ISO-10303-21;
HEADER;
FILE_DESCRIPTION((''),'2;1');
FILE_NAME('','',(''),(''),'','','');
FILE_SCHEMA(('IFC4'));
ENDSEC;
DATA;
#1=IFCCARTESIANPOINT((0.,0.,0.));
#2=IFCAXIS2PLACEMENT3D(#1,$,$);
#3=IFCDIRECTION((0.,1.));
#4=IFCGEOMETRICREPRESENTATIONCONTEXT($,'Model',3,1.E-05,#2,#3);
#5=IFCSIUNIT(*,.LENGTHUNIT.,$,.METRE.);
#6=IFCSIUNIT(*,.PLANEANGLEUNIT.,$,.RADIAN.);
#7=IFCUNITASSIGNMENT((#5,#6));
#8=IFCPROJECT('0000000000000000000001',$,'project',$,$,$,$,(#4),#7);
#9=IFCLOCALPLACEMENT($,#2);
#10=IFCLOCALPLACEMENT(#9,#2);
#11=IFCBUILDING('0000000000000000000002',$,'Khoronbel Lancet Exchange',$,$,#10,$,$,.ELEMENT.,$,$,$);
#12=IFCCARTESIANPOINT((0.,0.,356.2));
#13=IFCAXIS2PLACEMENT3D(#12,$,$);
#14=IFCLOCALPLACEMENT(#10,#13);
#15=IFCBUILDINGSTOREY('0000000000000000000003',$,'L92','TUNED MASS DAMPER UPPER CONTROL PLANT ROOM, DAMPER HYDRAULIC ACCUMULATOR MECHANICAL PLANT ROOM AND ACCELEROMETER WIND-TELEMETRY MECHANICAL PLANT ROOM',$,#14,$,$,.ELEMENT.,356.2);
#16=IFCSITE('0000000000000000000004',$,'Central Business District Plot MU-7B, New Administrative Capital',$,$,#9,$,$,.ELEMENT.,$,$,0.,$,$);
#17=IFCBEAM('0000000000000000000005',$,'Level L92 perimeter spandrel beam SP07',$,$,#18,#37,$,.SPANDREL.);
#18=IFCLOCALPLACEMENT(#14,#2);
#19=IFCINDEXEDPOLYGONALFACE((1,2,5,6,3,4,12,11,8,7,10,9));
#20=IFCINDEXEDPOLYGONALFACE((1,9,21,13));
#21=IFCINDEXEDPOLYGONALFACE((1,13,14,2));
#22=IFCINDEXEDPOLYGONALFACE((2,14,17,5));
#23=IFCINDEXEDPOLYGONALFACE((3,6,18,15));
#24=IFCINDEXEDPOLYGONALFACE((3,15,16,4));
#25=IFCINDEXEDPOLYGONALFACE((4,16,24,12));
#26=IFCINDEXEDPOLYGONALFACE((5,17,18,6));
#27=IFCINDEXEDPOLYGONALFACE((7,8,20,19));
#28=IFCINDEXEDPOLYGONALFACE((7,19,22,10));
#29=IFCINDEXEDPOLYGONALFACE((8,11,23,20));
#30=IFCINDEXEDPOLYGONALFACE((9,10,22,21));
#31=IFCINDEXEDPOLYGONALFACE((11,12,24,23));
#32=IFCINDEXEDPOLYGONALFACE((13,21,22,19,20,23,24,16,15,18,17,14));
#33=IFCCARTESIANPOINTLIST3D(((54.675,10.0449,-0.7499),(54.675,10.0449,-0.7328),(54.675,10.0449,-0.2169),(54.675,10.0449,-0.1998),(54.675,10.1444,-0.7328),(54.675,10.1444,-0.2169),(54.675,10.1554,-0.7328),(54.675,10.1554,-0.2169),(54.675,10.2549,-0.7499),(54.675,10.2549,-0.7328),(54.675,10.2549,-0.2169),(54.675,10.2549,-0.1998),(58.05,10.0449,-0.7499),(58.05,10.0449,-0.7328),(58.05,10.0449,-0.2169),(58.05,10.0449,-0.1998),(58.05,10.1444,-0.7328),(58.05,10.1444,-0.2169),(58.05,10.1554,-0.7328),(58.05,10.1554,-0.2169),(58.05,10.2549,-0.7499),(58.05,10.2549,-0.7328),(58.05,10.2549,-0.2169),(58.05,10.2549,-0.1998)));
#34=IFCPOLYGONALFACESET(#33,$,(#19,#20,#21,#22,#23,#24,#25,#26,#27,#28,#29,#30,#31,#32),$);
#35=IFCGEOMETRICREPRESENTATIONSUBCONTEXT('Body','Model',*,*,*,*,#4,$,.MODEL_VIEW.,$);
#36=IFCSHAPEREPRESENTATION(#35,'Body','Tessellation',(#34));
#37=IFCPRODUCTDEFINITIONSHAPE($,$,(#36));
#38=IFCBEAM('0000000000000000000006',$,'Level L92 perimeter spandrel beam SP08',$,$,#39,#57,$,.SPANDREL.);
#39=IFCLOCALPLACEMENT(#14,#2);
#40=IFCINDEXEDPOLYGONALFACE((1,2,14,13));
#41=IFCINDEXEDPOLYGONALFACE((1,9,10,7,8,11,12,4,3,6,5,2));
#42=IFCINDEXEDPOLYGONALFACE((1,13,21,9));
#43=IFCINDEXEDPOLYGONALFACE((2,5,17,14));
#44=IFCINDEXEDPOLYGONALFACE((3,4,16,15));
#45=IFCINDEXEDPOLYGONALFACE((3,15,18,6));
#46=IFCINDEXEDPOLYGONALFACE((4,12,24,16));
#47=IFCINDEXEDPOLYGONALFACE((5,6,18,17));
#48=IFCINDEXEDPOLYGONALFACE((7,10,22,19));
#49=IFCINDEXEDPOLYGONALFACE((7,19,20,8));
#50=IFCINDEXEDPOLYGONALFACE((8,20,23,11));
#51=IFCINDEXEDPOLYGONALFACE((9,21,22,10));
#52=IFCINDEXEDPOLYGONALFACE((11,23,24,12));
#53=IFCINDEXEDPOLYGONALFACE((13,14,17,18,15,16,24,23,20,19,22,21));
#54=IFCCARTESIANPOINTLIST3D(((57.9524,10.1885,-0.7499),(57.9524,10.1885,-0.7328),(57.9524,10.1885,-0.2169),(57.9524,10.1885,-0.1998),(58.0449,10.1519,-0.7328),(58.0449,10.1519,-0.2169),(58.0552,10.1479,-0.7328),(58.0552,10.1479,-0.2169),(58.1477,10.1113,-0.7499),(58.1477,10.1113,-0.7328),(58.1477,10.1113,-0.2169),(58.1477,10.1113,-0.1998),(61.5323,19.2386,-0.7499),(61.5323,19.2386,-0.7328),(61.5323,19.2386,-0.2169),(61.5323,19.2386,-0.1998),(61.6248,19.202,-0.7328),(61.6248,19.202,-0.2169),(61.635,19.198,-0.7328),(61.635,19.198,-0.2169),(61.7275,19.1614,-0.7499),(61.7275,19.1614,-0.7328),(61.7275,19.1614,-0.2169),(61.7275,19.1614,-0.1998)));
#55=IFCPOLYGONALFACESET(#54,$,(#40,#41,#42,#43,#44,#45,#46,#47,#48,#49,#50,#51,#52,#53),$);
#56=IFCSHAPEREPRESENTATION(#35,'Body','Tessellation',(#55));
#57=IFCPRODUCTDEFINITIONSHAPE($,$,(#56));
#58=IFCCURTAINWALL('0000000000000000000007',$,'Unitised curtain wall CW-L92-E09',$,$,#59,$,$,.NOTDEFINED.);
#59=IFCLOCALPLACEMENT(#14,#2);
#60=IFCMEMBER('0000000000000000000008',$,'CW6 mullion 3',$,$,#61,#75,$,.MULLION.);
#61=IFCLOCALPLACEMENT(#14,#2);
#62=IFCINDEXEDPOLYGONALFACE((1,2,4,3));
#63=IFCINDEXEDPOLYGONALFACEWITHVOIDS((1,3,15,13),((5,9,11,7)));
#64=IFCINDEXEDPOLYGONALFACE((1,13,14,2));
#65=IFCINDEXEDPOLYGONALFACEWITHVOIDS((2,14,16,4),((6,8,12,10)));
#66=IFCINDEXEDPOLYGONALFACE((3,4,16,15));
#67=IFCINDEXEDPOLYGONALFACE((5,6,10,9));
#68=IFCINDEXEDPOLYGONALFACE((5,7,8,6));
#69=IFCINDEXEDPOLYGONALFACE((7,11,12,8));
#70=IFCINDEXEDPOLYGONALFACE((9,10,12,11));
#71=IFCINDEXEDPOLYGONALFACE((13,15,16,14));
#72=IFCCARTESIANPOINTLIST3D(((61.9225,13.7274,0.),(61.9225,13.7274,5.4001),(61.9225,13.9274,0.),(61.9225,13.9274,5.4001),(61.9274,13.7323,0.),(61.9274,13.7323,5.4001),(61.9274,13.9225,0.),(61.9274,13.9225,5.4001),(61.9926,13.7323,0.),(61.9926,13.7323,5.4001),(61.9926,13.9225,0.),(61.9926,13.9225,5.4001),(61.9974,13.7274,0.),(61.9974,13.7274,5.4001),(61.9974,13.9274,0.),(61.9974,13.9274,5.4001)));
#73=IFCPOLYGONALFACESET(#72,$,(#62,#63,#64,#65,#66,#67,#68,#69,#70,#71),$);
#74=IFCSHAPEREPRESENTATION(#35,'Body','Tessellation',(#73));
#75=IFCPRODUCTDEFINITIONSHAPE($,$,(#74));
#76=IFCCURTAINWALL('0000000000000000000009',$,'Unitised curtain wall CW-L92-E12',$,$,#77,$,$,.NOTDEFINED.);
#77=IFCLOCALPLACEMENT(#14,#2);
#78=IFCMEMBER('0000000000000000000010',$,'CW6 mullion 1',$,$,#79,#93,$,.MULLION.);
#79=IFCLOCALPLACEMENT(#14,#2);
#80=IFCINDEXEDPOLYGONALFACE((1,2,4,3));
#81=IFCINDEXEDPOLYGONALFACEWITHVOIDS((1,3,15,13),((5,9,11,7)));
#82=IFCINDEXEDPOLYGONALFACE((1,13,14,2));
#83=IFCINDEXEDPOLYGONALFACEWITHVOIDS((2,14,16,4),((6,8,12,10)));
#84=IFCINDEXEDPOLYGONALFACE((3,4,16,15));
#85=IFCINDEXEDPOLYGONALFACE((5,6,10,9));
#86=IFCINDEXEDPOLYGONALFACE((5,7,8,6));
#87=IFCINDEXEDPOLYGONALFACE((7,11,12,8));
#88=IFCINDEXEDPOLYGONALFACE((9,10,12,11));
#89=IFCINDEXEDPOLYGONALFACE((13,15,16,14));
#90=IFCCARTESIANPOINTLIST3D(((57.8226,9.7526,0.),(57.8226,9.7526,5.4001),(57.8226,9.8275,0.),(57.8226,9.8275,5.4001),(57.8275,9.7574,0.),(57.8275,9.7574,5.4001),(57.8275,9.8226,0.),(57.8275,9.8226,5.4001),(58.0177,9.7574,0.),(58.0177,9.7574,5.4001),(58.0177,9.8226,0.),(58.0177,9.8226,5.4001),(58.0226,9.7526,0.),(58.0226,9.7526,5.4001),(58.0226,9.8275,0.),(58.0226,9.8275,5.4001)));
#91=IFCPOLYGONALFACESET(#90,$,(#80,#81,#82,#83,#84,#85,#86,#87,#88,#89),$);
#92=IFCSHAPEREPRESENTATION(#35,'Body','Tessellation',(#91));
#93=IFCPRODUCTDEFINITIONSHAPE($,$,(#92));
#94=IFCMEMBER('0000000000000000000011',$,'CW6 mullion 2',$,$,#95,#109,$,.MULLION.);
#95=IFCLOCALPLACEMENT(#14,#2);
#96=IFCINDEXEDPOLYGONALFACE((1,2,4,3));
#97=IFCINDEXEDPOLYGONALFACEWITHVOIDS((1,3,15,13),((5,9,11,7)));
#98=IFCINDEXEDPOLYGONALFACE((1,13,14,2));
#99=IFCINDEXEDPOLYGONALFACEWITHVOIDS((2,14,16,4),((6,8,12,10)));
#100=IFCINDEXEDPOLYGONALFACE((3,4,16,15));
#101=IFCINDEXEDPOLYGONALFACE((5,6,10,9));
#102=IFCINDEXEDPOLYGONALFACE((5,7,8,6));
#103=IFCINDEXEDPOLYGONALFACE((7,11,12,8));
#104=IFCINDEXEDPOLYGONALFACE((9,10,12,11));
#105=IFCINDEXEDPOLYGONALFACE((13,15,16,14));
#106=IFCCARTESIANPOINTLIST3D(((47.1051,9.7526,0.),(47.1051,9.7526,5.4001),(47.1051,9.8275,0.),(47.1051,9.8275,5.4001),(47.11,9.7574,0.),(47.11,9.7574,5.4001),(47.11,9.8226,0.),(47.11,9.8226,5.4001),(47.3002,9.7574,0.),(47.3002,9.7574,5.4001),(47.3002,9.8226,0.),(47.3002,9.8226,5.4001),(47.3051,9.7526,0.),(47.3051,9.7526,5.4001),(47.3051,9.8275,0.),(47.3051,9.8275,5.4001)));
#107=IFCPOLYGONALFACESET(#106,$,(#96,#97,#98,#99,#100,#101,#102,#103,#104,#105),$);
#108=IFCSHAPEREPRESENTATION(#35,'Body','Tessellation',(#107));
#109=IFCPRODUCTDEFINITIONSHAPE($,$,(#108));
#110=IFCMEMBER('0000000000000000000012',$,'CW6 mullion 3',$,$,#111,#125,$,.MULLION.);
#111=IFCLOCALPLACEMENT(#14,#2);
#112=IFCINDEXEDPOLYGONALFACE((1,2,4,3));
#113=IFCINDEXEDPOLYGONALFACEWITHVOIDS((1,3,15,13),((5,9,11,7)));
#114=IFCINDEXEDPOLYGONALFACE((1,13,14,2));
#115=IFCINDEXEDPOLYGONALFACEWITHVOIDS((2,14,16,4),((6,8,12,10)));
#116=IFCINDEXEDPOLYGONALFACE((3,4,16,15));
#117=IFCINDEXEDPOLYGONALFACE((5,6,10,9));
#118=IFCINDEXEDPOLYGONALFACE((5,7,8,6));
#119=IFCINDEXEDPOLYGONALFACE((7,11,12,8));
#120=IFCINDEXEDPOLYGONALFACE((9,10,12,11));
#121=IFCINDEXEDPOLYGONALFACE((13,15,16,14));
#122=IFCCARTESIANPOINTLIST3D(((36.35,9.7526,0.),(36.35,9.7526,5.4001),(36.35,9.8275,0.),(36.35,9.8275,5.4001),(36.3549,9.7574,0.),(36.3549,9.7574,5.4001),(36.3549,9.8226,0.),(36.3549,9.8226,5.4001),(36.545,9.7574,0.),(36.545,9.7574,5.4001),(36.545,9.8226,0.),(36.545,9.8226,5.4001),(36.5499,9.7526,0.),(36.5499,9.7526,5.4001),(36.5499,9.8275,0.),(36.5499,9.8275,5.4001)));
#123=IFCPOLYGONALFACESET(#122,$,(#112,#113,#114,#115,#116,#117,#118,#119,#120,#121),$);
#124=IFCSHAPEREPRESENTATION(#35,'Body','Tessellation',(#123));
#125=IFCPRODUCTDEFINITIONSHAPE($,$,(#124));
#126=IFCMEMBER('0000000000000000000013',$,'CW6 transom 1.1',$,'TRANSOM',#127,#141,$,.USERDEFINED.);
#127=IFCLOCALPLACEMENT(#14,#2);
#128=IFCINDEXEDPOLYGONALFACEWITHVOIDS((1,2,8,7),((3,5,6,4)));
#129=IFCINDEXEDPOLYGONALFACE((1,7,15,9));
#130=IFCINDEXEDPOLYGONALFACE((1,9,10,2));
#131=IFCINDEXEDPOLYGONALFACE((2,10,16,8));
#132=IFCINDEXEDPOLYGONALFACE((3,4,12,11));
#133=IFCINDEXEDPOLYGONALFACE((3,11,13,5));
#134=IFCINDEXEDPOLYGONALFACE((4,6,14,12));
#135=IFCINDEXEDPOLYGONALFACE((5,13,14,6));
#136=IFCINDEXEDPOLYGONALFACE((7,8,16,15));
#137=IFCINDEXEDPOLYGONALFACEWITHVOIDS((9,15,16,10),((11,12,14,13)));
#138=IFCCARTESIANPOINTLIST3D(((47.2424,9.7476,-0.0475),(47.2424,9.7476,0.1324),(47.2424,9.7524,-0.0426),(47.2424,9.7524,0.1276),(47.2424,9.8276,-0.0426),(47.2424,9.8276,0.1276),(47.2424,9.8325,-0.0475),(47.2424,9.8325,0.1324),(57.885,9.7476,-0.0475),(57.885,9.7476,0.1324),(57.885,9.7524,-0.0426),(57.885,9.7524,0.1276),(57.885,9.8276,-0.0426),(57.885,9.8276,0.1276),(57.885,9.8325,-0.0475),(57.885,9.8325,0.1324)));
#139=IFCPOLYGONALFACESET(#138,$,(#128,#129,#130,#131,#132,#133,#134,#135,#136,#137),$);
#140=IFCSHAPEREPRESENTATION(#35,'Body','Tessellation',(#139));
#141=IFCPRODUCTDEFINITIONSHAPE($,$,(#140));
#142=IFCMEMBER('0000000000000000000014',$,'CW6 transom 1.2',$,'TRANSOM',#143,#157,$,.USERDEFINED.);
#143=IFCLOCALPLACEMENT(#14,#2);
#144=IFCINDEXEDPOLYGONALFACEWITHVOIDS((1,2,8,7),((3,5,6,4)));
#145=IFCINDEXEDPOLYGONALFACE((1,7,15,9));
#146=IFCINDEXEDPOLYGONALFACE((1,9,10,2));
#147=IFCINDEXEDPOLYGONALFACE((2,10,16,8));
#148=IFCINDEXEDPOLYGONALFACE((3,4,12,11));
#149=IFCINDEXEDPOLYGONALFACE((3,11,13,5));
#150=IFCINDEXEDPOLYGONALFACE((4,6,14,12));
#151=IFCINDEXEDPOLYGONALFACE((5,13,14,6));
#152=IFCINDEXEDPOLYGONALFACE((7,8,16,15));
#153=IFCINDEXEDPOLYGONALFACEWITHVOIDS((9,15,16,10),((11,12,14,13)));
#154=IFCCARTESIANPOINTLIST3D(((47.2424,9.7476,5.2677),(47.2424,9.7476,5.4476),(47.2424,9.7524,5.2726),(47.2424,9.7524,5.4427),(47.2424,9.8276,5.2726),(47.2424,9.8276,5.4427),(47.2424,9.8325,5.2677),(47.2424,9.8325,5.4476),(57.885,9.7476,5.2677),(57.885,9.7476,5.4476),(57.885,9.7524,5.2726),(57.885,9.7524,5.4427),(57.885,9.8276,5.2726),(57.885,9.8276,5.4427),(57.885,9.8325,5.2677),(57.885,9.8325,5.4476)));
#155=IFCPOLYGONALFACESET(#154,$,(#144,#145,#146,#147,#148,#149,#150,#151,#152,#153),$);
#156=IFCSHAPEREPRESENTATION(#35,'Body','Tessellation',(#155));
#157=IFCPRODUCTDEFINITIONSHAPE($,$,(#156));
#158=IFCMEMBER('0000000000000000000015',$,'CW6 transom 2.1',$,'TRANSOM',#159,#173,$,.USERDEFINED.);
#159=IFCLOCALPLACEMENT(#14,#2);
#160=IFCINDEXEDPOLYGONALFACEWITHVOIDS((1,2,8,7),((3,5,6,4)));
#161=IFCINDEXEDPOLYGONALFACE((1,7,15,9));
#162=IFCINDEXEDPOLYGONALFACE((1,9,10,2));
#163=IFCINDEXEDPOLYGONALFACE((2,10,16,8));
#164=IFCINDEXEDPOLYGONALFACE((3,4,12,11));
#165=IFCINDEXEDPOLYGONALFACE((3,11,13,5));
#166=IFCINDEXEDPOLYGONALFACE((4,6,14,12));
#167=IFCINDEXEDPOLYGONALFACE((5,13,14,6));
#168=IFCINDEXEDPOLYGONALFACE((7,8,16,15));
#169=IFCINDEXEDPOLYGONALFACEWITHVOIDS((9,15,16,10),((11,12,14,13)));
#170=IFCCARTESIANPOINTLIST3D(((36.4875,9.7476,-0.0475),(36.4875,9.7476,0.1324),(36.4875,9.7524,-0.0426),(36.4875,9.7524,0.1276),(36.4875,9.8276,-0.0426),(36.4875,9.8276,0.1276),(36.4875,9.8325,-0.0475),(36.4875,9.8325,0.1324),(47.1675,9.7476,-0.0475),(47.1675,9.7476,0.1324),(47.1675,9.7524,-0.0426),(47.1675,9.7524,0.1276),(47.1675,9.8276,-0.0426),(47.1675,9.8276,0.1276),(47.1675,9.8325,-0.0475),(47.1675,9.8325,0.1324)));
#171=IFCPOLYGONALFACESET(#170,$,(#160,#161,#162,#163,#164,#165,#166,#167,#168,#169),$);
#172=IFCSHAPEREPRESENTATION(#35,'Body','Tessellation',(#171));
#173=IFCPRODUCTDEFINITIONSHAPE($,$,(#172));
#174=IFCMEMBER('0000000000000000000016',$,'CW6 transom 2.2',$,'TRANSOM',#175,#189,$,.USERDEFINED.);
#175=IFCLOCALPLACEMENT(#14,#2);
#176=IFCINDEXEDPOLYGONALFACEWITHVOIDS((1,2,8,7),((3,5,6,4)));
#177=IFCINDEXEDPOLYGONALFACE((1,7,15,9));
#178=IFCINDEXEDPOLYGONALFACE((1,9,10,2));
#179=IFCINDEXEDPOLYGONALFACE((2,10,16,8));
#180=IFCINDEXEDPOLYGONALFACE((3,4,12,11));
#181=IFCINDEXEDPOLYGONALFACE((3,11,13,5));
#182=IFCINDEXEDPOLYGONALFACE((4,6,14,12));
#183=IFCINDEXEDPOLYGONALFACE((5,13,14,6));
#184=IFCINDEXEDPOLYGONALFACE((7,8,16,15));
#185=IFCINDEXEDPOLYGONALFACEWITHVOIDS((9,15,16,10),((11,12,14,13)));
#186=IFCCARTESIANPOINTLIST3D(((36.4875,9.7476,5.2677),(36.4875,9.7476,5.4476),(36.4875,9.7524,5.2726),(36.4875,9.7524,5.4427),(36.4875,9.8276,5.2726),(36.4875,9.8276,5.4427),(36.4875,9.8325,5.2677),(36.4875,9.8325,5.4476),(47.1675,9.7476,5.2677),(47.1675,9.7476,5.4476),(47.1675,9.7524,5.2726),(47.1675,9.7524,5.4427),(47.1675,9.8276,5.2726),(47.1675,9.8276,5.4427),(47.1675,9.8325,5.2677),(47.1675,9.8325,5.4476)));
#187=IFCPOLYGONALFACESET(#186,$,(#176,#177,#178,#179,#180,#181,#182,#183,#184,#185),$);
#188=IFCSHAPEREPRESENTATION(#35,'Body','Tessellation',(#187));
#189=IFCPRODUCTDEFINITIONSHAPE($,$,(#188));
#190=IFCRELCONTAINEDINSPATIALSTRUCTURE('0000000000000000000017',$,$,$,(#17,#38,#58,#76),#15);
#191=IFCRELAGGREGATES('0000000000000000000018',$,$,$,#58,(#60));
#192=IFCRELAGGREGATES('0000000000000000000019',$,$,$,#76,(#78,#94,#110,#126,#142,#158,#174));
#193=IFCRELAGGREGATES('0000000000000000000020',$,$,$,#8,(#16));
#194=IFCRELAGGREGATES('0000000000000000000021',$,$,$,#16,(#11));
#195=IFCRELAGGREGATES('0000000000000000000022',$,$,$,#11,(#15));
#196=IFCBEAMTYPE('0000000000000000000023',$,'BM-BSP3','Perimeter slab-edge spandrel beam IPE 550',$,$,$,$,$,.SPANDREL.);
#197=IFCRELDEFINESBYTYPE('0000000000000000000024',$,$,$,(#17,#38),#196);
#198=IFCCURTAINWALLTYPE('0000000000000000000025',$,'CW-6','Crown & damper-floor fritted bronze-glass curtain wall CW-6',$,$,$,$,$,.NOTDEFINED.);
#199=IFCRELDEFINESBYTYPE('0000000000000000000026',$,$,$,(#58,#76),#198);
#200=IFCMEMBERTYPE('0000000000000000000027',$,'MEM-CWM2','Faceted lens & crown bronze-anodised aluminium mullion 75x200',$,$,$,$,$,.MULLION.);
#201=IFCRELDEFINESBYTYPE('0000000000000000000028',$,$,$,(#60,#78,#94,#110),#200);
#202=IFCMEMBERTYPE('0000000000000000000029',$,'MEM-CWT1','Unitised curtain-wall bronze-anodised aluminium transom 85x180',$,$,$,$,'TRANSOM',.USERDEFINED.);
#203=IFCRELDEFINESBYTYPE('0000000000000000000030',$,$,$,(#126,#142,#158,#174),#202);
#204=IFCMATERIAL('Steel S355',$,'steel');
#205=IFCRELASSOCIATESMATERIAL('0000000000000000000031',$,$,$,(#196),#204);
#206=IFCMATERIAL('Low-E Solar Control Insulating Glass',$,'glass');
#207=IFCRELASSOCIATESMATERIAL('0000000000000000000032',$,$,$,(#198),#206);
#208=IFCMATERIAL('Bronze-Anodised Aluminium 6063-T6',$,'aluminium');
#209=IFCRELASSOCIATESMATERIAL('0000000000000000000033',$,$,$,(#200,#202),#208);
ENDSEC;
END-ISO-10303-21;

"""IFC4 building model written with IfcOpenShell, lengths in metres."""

from ifc_helpers import new_model, si_unit, direction, frame, origin, origin_2d, place, context, subcontext, project, spatial, hollow_rectangle, i_section, extrude, material, material_profile, profile_set, type_object, element, aggregate, save


model = new_model("IFC4")

# Units and contexts
model_context = context("Model", 3, precision=1e-05, world=origin(), true_north=direction((0.0, 1.0)))
body_context = subcontext(model_context, "Body", "Model", "MODEL_VIEW")
ifc_project = project(units=[si_unit("LENGTHUNIT", "METRE"), si_unit("PLANEANGLEUNIT", "RADIAN")], contexts=[model_context])

# Site, building, storey
site_placement = place(None, origin())
site = spatial("IfcSite", under=ifc_project, at=site_placement, Name="Central Business District Plot MU-7B, New Administrative Capital", CompositionType="ELEMENT", RefElevation=0.0)
building_placement = place(site_placement, origin())
building = spatial("IfcBuilding", under=site, at=building_placement, Name="Khoronbel Lancet Exchange", CompositionType="ELEMENT")
storey_placement = place(building_placement, frame((0.0, 0.0, 356.2)))
storey = spatial("IfcBuildingStorey", under=building, at=storey_placement, Name="L92", Description="TUNED MASS DAMPER UPPER CONTROL PLANT ROOM, DAMPER HYDRAULIC ACCUMULATOR MECHANICAL PLANT ROOM AND ACCELEROMETER WIND-TELEMETRY MECHANICAL PLANT ROOM", CompositionType="ELEMENT", Elevation=356.2)

# Beams
ifc_material_1 = material(Name="Steel S355", Category="steel")
ifc_material_profile_1 = material_profile(ifc_material_1, i_section(OverallWidth=0.21, OverallDepth=0.55, WebThickness=0.011, FlangeThickness=0.0171, at=origin_2d()), Name="IPE 550")
ifc_profile_set_1 = profile_set([ifc_material_profile_1], Name="Steel S355")
beam_type_1 = type_object("IfcBeamType", Name="BM-BSP3", Description="Perimeter slab-edge spandrel beam IPE 550", PredefinedType="SPANDREL", material=ifc_profile_set_1)
beam_1_placement = place(storey_placement, frame((54.675, 10.1499, -0.4749), z_axis=(1.0, 0.0, 0.0), x_axis=(0.0, 1.0, 0.0)))
element("IfcBeam", 1, at=beam_1_placement, inside=storey, type_object=beam_type_1, Name="Level L92 perimeter spandrel beam SP07", PredefinedType="SPANDREL", context=body_context, shape_type="SweptSolid", body=[
    extrude(i_section(OverallWidth=0.21, OverallDepth=0.55, WebThickness=0.011, FlangeThickness=0.0171, at=origin_2d()), origin(), (0.0, 0.0, 1.0), 3.375),
])
beam_2_placement = place(storey_placement, frame((58.05, 10.1499, -0.4749), z_axis=(0.367828, 0.929894, 0.0), x_axis=(-0.929894, 0.367828, 0.0)))
element("IfcBeam", 2, at=beam_2_placement, inside=storey, type_object=beam_type_1, Name="Level L92 perimeter spandrel beam SP08", PredefinedType="SPANDREL", context=body_context, shape_type="SweptSolid", body=[
    extrude(i_section(OverallWidth=0.21, OverallDepth=0.55, WebThickness=0.011, FlangeThickness=0.0171, at=origin_2d()), origin(), (0.0, 0.0, 1.0), 9.7324),
])

# Curtain wall, member
ifc_material_2 = material(Name="Low-E Solar Control Insulating Glass", Category="glass")
curtain_wall_type = type_object("IfcCurtainWallType", Name="CW-6", Description="Crown & damper-floor fritted bronze-glass curtain wall CW-6", PredefinedType="NOTDEFINED", material=ifc_material_2)
curtain_wall_1_placement = place(storey_placement, origin())
curtain_wall_1 = element("IfcCurtainWall", 3, at=curtain_wall_1_placement, inside=storey, type_object=curtain_wall_type, Name="Unitised curtain wall CW-L92-E09", PredefinedType="NOTDEFINED")
ifc_material_3 = material(Name="Bronze-Anodised Aluminium 6063-T6", Category="aluminium")
ifc_material_profile_2 = material_profile(ifc_material_3, hollow_rectangle(XDim=0.075, YDim=0.2, WallThickness=0.0049, at=origin_2d()), Name="ALU MULLION 75x200")
ifc_profile_set_2 = profile_set([ifc_material_profile_2], Name="Bronze-Anodised Aluminium 6063-T6")
member_type_1 = type_object("IfcMemberType", Name="MEM-CWM2", Description="Faceted lens & crown bronze-anodised aluminium mullion 75x200", PredefinedType="MULLION", material=ifc_profile_set_2)
member_1_placement = place(storey_placement, frame((61.96, 13.8274, 0.0), z_axis=(0.0, 0.0, 1.0), x_axis=(1.0, 0.0, 0.0)))
member_1 = element("IfcMember", 4, at=member_1_placement, type_object=member_type_1, Name="CW6 mullion 3", PredefinedType="MULLION", context=body_context, shape_type="SweptSolid", body=[
    extrude(hollow_rectangle(XDim=0.075, YDim=0.2, WallThickness=0.0049, at=origin_2d()), origin(), (0.0, 0.0, 1.0), 5.4001),
])
aggregate(curtain_wall_1, [member_1])

# Curtain wall, members
curtain_wall_2_placement = place(storey_placement, origin())
curtain_wall_2 = element("IfcCurtainWall", 5, at=curtain_wall_2_placement, inside=storey, type_object=curtain_wall_type, Name="Unitised curtain wall CW-L92-E12", PredefinedType="NOTDEFINED")
member_2_placement = place(storey_placement, frame((57.9226, 9.79, 0.0), z_axis=(0.0, 0.0, 1.0), x_axis=(0.0, -1.0, 0.0)))
member_2 = element("IfcMember", 6, at=member_2_placement, type_object=member_type_1, Name="CW6 mullion 1", PredefinedType="MULLION", context=body_context, shape_type="SweptSolid", body=[
    extrude(hollow_rectangle(XDim=0.075, YDim=0.2, WallThickness=0.0049, at=origin_2d()), origin(), (0.0, 0.0, 1.0), 5.4001),
])
member_3_placement = place(storey_placement, frame((47.2051, 9.79, 0.0), z_axis=(0.0, 0.0, 1.0), x_axis=(0.0, -1.0, 0.0)))
member_3 = element("IfcMember", 7, at=member_3_placement, type_object=member_type_1, Name="CW6 mullion 2", PredefinedType="MULLION", context=body_context, shape_type="SweptSolid", body=[
    extrude(hollow_rectangle(XDim=0.075, YDim=0.2, WallThickness=0.0049, at=origin_2d()), origin(), (0.0, 0.0, 1.0), 5.4001),
])
member_4_placement = place(storey_placement, frame((36.45, 9.79, 0.0), z_axis=(0.0, 0.0, 1.0), x_axis=(0.0, -1.0, 0.0)))
member_4 = element("IfcMember", 8, at=member_4_placement, type_object=member_type_1, Name="CW6 mullion 3", PredefinedType="MULLION", context=body_context, shape_type="SweptSolid", body=[
    extrude(hollow_rectangle(XDim=0.075, YDim=0.2, WallThickness=0.0049, at=origin_2d()), origin(), (0.0, 0.0, 1.0), 5.4001),
])
ifc_material_profile_3 = material_profile(ifc_material_3, hollow_rectangle(XDim=0.085, YDim=0.1799, WallThickness=0.0049, at=origin_2d()), Name="ALU TRANSOM 85x180")
ifc_profile_set_3 = profile_set([ifc_material_profile_3], Name="Bronze-Anodised Aluminium 6063-T6")
member_type_2 = type_object("IfcMemberType", Name="MEM-CWT1", Description="Unitised curtain-wall bronze-anodised aluminium transom 85x180", ElementType="TRANSOM", PredefinedType="USERDEFINED", material=ifc_profile_set_3)
member_5_placement = place(storey_placement, frame((57.885, 9.79, 0.0425), z_axis=(-1.0, 0.0, 0.0), x_axis=(0.0, -1.0, 0.0)))
member_5 = element("IfcMember", 9, at=member_5_placement, type_object=member_type_2, Name="CW6 transom 1.1", ObjectType="TRANSOM", PredefinedType="USERDEFINED", context=body_context, shape_type="SweptSolid", body=[
    extrude(hollow_rectangle(XDim=0.085, YDim=0.1799, WallThickness=0.0049, at=origin_2d()), origin(), (0.0, 0.0, 1.0), 10.6426),
])
member_6_placement = place(storey_placement, frame((57.885, 9.79, 5.3577), z_axis=(-1.0, 0.0, 0.0), x_axis=(0.0, -1.0, 0.0)))
member_6 = element("IfcMember", 10, at=member_6_placement, type_object=member_type_2, Name="CW6 transom 1.2", ObjectType="TRANSOM", PredefinedType="USERDEFINED", context=body_context, shape_type="SweptSolid", body=[
    extrude(hollow_rectangle(XDim=0.085, YDim=0.1799, WallThickness=0.0049, at=origin_2d()), origin(), (0.0, 0.0, 1.0), 10.6426),
])
member_7_placement = place(storey_placement, frame((47.1675, 9.79, 0.0425), z_axis=(-1.0, 0.0, 0.0), x_axis=(0.0, -1.0, 0.0)))
member_7 = element("IfcMember", 11, at=member_7_placement, type_object=member_type_2, Name="CW6 transom 2.1", ObjectType="TRANSOM", PredefinedType="USERDEFINED", context=body_context, shape_type="SweptSolid", body=[
    extrude(hollow_rectangle(XDim=0.085, YDim=0.1799, WallThickness=0.0049, at=origin_2d()), origin(), (0.0, 0.0, 1.0), 10.6799),
])
member_8_placement = place(storey_placement, frame((47.1675, 9.79, 5.3577), z_axis=(-1.0, 0.0, 0.0), x_axis=(0.0, -1.0, 0.0)))
member_8 = element("IfcMember", 12, at=member_8_placement, type_object=member_type_2, Name="CW6 transom 2.2", ObjectType="TRANSOM", PredefinedType="USERDEFINED", context=body_context, shape_type="SweptSolid", body=[
    extrude(hollow_rectangle(XDim=0.085, YDim=0.1799, WallThickness=0.0049, at=origin_2d()), origin(), (0.0, 0.0, 1.0), 10.6799),
])

aggregate(curtain_wall_2, [member_2, member_3, member_4, member_5, member_6, member_7, member_8])

save(model, "model.ifc")
